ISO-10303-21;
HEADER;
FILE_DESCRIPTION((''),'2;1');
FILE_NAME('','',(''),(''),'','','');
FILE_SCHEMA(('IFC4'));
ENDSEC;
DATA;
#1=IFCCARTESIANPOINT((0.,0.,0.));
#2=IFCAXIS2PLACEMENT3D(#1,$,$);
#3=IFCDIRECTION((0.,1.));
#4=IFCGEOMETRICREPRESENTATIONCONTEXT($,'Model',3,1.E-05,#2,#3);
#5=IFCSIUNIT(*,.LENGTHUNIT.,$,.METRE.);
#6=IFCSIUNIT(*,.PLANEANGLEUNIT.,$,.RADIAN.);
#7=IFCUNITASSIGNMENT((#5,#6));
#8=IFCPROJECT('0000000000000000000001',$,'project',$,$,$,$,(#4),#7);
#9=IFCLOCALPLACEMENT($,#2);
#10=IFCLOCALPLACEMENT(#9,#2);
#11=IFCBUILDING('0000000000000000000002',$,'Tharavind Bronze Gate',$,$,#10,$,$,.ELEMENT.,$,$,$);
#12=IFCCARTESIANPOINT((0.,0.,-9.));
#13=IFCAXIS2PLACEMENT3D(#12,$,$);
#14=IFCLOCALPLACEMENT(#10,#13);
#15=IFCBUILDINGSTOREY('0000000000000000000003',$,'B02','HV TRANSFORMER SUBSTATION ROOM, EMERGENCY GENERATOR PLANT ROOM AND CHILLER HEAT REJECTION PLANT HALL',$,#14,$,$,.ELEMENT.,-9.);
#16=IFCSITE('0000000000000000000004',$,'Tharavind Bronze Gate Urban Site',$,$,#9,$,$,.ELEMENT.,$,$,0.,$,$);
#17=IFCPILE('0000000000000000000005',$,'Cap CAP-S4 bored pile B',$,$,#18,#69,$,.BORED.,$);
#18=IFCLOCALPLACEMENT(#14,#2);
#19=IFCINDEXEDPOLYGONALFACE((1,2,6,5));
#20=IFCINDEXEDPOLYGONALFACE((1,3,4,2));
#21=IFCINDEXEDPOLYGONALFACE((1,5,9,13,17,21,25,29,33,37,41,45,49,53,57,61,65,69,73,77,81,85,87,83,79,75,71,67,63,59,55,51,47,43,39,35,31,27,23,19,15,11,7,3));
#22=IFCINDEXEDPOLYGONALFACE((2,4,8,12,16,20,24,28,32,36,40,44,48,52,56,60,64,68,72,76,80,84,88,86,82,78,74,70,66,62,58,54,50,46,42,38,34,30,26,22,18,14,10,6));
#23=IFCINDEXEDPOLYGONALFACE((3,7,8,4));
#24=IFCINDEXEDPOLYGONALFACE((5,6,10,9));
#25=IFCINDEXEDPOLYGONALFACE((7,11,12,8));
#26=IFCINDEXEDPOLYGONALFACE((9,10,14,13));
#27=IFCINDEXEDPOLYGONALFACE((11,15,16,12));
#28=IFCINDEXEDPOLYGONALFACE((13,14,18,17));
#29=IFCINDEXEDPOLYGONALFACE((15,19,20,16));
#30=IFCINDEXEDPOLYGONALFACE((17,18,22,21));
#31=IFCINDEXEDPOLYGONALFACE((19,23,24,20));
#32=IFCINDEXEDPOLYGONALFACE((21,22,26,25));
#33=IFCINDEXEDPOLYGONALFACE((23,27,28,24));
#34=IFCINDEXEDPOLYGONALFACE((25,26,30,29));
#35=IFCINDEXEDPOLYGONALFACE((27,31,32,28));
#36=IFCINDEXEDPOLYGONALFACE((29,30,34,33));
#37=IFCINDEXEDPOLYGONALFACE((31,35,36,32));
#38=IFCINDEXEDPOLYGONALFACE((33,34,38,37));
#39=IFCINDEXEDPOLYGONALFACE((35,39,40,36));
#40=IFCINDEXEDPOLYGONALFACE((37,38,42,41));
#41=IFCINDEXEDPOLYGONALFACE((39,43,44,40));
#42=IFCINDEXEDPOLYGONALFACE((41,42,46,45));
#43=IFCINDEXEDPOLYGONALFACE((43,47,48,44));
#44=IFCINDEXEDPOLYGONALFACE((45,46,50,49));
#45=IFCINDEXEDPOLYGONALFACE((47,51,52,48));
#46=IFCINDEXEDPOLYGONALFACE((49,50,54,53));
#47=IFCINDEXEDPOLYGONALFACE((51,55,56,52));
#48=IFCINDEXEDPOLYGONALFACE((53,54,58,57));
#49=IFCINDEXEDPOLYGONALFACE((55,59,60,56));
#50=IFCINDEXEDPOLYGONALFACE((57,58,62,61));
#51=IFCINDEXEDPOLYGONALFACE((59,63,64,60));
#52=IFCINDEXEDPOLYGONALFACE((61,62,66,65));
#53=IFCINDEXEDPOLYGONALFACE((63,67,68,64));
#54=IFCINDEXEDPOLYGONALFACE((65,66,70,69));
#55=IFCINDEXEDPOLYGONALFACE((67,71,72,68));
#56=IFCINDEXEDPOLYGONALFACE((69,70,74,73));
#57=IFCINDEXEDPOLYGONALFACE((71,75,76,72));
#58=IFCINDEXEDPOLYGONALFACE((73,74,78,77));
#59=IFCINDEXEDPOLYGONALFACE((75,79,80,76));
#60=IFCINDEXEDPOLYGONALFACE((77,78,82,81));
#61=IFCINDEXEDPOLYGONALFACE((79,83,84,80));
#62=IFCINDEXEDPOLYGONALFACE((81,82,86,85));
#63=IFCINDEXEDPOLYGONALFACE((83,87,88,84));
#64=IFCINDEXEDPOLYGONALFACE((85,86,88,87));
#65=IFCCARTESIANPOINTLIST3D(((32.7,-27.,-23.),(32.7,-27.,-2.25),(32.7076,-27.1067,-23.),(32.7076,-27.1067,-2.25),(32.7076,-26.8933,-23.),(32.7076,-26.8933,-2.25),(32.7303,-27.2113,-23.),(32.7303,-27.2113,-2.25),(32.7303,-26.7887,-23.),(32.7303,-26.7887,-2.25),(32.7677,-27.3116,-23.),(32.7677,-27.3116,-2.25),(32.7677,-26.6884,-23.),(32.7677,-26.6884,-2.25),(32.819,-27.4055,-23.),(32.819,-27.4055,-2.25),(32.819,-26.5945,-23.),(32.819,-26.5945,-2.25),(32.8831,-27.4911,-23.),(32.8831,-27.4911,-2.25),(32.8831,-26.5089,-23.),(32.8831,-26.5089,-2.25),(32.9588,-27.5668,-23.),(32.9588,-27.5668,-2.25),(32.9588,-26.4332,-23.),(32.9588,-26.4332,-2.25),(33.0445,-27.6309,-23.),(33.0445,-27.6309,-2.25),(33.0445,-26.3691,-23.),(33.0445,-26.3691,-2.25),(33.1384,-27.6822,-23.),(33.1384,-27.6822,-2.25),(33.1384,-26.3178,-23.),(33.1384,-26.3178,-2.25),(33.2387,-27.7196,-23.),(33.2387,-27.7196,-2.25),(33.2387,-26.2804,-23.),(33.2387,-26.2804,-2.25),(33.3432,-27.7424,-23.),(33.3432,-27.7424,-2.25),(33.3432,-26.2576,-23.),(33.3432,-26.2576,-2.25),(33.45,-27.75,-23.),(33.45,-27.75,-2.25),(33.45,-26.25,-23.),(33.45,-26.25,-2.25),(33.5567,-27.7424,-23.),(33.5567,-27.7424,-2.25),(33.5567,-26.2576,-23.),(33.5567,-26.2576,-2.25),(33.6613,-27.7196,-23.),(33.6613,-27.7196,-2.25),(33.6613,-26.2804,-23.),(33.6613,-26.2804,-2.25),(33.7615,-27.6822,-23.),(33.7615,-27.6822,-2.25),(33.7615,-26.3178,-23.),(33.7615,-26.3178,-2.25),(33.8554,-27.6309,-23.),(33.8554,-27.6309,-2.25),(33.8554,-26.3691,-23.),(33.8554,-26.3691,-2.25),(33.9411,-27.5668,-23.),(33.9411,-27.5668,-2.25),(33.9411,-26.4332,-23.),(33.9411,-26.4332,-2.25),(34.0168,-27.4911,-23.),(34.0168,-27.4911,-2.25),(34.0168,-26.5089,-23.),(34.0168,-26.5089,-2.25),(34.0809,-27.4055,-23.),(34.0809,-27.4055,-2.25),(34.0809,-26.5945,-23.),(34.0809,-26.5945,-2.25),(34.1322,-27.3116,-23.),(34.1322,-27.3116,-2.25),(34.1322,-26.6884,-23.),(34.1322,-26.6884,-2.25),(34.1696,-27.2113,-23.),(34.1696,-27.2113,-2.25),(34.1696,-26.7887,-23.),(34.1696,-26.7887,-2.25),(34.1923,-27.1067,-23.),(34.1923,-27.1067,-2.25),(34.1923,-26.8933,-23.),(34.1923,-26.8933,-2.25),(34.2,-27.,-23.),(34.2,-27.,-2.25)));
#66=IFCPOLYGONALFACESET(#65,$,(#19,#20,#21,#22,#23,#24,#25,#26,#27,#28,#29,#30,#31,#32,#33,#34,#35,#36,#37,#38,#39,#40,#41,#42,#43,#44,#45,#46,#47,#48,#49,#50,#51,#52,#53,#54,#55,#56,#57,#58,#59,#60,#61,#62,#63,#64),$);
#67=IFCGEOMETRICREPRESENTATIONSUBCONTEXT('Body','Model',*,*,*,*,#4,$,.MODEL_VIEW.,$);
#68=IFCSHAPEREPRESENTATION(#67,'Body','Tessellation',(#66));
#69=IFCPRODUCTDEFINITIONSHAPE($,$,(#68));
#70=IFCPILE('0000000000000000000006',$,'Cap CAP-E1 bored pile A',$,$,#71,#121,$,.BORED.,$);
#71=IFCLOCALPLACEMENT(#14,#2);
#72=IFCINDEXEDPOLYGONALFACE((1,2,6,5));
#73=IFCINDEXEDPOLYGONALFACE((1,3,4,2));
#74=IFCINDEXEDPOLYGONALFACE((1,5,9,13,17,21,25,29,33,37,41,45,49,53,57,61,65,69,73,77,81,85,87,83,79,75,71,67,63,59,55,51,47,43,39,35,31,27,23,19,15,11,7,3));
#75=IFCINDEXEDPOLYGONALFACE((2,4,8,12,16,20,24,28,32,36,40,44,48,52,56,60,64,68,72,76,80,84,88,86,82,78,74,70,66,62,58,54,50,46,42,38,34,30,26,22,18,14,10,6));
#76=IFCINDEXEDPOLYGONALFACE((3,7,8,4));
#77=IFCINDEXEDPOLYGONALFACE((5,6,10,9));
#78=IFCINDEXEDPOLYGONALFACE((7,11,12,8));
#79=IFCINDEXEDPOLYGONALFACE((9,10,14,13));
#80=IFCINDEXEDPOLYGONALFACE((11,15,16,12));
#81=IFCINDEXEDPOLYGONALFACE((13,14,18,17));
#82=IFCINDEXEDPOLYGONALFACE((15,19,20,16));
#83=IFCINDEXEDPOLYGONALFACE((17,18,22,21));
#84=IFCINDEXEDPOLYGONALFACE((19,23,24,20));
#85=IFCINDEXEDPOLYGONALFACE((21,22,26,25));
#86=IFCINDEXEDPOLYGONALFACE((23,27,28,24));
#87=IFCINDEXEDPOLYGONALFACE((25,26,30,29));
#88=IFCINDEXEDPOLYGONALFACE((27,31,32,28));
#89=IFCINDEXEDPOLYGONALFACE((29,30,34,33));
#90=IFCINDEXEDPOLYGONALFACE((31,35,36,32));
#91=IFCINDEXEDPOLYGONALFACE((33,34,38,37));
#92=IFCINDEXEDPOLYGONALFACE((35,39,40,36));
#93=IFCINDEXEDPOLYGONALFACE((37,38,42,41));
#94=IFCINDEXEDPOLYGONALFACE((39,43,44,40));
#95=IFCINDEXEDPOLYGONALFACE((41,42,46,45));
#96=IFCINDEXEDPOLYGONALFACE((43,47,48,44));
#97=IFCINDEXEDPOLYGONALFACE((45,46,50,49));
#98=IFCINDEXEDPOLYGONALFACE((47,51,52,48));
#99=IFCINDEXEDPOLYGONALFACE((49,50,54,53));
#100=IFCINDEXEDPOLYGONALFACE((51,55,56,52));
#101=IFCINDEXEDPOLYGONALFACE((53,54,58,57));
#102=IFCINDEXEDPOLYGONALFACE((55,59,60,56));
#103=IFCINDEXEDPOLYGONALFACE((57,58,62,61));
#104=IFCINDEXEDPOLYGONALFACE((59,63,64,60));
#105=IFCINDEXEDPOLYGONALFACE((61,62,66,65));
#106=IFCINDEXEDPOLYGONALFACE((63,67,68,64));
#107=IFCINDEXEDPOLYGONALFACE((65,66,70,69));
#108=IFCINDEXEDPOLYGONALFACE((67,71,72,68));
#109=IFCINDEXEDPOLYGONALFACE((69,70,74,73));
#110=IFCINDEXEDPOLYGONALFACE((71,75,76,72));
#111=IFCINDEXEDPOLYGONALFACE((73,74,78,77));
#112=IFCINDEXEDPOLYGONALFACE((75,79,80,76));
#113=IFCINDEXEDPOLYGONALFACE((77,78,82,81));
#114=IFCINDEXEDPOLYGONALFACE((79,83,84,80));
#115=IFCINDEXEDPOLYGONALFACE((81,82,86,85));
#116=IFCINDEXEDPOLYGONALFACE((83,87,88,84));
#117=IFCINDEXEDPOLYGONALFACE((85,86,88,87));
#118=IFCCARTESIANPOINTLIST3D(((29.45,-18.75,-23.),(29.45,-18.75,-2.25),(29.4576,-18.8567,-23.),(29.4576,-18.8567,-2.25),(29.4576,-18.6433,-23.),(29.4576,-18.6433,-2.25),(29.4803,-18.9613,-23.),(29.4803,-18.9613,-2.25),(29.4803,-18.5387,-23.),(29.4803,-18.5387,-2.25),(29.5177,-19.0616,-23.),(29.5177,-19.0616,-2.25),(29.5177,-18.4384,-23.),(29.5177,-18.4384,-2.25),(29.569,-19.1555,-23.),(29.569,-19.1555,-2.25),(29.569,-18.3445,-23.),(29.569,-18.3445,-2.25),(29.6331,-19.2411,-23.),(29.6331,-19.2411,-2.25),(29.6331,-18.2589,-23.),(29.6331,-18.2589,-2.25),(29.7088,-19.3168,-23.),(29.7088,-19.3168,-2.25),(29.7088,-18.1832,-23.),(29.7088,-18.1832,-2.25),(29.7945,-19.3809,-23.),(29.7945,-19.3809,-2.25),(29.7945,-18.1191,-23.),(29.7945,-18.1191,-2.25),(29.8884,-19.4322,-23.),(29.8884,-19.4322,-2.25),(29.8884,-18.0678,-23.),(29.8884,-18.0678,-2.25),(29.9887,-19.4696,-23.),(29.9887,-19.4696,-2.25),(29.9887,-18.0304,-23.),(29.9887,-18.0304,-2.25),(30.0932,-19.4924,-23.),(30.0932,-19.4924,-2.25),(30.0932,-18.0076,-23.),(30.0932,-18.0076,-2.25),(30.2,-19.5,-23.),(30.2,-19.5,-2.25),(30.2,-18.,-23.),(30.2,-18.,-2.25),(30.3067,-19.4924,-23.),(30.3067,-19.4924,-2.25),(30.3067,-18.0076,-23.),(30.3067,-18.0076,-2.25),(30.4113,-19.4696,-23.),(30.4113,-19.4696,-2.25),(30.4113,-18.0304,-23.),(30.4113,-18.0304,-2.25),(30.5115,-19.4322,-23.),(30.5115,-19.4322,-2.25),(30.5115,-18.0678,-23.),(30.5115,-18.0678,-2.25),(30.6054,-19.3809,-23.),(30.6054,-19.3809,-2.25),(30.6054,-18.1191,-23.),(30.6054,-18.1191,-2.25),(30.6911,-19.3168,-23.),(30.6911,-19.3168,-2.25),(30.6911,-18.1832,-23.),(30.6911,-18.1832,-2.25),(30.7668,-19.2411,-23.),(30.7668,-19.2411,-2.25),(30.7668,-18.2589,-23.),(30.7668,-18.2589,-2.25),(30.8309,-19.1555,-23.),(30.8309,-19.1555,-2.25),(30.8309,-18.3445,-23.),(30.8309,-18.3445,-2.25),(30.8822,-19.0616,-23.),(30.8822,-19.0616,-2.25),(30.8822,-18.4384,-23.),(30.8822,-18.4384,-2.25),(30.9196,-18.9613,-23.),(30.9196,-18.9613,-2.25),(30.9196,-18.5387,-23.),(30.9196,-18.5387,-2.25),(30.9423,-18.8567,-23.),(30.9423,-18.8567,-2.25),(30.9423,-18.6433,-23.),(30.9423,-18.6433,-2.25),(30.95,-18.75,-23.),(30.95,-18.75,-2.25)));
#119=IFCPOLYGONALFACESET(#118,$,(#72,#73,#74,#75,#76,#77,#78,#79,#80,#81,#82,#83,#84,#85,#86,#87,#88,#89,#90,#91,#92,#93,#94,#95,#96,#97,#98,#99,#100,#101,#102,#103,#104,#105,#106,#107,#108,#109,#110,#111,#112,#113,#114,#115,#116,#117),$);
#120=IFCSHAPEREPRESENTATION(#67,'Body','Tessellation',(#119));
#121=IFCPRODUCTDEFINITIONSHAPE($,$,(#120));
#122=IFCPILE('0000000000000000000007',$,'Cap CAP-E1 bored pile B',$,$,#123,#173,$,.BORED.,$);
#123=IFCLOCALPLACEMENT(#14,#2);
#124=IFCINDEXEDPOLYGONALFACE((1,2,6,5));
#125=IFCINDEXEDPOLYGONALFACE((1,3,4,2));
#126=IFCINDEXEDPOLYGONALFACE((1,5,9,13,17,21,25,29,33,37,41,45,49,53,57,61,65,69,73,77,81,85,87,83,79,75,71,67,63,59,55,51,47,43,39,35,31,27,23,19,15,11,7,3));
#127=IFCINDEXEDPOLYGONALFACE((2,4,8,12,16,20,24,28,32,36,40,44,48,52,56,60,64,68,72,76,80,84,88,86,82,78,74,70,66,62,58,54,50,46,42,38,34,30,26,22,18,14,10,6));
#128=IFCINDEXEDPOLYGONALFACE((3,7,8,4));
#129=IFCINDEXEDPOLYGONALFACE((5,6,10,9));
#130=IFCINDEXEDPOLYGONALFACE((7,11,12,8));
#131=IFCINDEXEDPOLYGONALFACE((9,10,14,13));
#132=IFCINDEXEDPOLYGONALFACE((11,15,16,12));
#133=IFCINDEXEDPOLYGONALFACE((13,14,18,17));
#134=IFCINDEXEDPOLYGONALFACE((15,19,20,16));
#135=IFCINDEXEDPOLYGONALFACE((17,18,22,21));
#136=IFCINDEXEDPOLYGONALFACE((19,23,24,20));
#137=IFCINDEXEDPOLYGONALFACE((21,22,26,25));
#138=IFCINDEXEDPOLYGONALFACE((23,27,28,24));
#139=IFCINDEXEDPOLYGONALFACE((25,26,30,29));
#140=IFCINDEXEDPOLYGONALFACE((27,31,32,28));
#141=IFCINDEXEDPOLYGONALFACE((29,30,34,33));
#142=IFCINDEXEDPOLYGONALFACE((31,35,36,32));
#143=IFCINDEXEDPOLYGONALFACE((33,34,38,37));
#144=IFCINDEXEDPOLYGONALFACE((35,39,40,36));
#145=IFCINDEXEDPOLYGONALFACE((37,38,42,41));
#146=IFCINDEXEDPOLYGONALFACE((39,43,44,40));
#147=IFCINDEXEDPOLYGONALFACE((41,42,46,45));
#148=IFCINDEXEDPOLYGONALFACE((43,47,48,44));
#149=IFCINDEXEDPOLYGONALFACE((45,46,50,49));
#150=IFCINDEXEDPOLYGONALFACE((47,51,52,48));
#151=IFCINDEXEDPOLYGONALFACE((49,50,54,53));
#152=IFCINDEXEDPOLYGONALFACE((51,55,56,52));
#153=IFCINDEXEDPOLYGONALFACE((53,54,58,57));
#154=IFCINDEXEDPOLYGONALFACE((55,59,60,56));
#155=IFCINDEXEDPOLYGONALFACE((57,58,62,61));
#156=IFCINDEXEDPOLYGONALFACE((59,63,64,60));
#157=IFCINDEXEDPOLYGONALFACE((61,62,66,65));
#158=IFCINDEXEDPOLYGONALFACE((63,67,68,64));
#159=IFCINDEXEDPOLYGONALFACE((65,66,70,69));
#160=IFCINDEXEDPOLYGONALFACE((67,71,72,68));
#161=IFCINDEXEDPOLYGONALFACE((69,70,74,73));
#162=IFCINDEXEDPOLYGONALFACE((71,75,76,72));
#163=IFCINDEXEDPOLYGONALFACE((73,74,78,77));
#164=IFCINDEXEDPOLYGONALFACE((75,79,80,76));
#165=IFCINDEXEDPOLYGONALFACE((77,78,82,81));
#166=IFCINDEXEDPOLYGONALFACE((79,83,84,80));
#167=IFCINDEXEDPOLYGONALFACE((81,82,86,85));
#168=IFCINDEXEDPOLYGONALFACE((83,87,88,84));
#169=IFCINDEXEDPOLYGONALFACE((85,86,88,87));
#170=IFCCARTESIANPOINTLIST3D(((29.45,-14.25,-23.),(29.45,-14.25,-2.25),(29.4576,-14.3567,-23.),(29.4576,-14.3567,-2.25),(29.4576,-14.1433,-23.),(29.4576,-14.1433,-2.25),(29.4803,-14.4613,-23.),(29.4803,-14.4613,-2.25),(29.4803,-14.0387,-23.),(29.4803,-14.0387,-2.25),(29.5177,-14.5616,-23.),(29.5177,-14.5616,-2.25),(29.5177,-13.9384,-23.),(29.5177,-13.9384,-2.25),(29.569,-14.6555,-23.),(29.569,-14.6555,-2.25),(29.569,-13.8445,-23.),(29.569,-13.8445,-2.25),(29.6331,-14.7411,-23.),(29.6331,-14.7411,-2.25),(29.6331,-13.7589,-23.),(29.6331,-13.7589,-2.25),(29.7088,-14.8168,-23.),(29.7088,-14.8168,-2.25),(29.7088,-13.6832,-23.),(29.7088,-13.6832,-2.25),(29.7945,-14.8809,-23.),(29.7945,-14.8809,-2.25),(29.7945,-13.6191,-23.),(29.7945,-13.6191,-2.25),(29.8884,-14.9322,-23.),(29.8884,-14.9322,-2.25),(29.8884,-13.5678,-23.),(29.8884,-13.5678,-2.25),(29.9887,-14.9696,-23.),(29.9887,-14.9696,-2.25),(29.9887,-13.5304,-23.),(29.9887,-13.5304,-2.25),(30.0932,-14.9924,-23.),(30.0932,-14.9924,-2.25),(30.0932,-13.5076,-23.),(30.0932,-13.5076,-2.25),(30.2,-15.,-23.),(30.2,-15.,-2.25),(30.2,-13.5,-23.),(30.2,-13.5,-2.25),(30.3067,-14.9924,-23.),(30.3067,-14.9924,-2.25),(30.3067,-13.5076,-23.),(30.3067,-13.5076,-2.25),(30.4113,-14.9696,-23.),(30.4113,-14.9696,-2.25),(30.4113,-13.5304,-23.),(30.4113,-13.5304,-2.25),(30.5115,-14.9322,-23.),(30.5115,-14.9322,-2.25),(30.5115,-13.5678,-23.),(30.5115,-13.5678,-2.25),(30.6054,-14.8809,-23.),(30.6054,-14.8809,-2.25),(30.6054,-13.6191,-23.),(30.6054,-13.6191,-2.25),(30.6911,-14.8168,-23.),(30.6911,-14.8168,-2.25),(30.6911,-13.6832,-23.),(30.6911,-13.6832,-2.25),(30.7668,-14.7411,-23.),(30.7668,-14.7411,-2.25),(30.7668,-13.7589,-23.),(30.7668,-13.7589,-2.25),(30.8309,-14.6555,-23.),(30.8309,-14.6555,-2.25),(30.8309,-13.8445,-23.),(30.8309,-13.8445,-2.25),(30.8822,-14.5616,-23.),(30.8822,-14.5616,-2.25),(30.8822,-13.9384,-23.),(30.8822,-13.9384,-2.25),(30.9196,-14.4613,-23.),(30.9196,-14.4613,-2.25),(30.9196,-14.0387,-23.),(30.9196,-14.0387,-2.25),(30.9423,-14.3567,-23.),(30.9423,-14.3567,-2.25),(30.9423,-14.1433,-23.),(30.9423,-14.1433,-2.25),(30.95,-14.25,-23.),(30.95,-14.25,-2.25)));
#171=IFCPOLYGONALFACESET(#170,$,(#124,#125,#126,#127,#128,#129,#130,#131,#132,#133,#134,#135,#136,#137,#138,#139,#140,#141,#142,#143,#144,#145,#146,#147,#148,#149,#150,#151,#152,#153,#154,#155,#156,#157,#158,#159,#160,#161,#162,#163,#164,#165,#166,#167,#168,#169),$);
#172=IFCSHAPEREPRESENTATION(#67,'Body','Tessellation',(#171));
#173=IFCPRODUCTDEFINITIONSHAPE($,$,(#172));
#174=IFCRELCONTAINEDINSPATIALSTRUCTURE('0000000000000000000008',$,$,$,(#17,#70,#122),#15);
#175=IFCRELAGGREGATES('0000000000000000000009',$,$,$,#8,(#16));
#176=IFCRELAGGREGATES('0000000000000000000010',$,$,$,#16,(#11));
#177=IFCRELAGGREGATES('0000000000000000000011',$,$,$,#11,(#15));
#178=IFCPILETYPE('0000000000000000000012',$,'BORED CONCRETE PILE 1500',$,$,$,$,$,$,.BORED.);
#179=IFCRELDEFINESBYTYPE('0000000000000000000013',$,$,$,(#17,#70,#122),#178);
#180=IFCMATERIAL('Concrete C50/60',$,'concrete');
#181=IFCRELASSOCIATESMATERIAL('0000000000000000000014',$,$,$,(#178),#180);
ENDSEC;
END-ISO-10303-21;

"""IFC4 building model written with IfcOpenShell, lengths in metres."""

from ifc_helpers import new_model, si_unit, direction, frame, origin, origin_2d, place, context, subcontext, project, spatial, circle, extrude, material, material_profile, profile_set, type_object, element, save


model = new_model("IFC4")

# Units and contexts
model_context = context("Model", 3, precision=1e-05, world=origin(), true_north=direction((0.0, 1.0)))
body_context = subcontext(model_context, "Body", "Model", "MODEL_VIEW")
ifc_project = project(units=[si_unit("LENGTHUNIT", "METRE"), si_unit("PLANEANGLEUNIT", "RADIAN")], contexts=[model_context])

# Site, building, storey
site_placement = place(None, origin())
site = spatial("IfcSite", under=ifc_project, at=site_placement, Name="Tharavind Bronze Gate Urban Site", CompositionType="ELEMENT", RefElevation=0.0)
building_placement = place(site_placement, origin())
building = spatial("IfcBuilding", under=site, at=building_placement, Name="Tharavind Bronze Gate", CompositionType="ELEMENT")
storey_placement = place(building_placement, frame((0.0, 0.0, -9.0)))
storey = spatial("IfcBuildingStorey", under=building, at=storey_placement, Name="B02", Description="HV TRANSFORMER SUBSTATION ROOM, EMERGENCY GENERATOR PLANT ROOM AND CHILLER HEAT REJECTION PLANT HALL", CompositionType="ELEMENT", Elevation=-9.0)

# Piles
ifc_material_1 = material(Name="Concrete C50/60", Category="concrete")
ifc_material_profile_1 = material_profile(ifc_material_1, circle(Radius=0.75, at=origin_2d()), Name="PILE1500")
ifc_profile_set_1 = profile_set([ifc_material_profile_1], Name="Concrete C50/60")
pile_type_1 = type_object("IfcPileType", Name="BORED CONCRETE PILE 1500", PredefinedType="BORED", material=ifc_profile_set_1)
for number, where, z_axis, x_axis, name in (
    (1, (33.45, -27.0, -2.25), (0.0, 0.0, -1.0), (1.0, 0.0, 0.0), "Cap CAP-S4 bored pile B"),
    (2, (30.2, -18.75, -2.25), (0.0, 0.0, -1.0), (1.0, 0.0, 0.0), "Cap CAP-E1 bored pile A"),
    (3, (30.2, -14.25, -2.25), (0.0, 0.0, -1.0), (1.0, 0.0, 0.0), "Cap CAP-E1 bored pile B"),
):
    element("IfcPile", number, at=place(storey_placement, frame(where, z_axis=z_axis, x_axis=x_axis)), inside=storey, type_object=pile_type_1, Name=name, PredefinedType="BORED", context=body_context, shape_type="SweptSolid", body=[
        extrude(circle(Radius=0.75, at=origin_2d()), origin(), (0.0, 0.0, 1.0), 20.75),
    ])

save(model, "model.ifc")
